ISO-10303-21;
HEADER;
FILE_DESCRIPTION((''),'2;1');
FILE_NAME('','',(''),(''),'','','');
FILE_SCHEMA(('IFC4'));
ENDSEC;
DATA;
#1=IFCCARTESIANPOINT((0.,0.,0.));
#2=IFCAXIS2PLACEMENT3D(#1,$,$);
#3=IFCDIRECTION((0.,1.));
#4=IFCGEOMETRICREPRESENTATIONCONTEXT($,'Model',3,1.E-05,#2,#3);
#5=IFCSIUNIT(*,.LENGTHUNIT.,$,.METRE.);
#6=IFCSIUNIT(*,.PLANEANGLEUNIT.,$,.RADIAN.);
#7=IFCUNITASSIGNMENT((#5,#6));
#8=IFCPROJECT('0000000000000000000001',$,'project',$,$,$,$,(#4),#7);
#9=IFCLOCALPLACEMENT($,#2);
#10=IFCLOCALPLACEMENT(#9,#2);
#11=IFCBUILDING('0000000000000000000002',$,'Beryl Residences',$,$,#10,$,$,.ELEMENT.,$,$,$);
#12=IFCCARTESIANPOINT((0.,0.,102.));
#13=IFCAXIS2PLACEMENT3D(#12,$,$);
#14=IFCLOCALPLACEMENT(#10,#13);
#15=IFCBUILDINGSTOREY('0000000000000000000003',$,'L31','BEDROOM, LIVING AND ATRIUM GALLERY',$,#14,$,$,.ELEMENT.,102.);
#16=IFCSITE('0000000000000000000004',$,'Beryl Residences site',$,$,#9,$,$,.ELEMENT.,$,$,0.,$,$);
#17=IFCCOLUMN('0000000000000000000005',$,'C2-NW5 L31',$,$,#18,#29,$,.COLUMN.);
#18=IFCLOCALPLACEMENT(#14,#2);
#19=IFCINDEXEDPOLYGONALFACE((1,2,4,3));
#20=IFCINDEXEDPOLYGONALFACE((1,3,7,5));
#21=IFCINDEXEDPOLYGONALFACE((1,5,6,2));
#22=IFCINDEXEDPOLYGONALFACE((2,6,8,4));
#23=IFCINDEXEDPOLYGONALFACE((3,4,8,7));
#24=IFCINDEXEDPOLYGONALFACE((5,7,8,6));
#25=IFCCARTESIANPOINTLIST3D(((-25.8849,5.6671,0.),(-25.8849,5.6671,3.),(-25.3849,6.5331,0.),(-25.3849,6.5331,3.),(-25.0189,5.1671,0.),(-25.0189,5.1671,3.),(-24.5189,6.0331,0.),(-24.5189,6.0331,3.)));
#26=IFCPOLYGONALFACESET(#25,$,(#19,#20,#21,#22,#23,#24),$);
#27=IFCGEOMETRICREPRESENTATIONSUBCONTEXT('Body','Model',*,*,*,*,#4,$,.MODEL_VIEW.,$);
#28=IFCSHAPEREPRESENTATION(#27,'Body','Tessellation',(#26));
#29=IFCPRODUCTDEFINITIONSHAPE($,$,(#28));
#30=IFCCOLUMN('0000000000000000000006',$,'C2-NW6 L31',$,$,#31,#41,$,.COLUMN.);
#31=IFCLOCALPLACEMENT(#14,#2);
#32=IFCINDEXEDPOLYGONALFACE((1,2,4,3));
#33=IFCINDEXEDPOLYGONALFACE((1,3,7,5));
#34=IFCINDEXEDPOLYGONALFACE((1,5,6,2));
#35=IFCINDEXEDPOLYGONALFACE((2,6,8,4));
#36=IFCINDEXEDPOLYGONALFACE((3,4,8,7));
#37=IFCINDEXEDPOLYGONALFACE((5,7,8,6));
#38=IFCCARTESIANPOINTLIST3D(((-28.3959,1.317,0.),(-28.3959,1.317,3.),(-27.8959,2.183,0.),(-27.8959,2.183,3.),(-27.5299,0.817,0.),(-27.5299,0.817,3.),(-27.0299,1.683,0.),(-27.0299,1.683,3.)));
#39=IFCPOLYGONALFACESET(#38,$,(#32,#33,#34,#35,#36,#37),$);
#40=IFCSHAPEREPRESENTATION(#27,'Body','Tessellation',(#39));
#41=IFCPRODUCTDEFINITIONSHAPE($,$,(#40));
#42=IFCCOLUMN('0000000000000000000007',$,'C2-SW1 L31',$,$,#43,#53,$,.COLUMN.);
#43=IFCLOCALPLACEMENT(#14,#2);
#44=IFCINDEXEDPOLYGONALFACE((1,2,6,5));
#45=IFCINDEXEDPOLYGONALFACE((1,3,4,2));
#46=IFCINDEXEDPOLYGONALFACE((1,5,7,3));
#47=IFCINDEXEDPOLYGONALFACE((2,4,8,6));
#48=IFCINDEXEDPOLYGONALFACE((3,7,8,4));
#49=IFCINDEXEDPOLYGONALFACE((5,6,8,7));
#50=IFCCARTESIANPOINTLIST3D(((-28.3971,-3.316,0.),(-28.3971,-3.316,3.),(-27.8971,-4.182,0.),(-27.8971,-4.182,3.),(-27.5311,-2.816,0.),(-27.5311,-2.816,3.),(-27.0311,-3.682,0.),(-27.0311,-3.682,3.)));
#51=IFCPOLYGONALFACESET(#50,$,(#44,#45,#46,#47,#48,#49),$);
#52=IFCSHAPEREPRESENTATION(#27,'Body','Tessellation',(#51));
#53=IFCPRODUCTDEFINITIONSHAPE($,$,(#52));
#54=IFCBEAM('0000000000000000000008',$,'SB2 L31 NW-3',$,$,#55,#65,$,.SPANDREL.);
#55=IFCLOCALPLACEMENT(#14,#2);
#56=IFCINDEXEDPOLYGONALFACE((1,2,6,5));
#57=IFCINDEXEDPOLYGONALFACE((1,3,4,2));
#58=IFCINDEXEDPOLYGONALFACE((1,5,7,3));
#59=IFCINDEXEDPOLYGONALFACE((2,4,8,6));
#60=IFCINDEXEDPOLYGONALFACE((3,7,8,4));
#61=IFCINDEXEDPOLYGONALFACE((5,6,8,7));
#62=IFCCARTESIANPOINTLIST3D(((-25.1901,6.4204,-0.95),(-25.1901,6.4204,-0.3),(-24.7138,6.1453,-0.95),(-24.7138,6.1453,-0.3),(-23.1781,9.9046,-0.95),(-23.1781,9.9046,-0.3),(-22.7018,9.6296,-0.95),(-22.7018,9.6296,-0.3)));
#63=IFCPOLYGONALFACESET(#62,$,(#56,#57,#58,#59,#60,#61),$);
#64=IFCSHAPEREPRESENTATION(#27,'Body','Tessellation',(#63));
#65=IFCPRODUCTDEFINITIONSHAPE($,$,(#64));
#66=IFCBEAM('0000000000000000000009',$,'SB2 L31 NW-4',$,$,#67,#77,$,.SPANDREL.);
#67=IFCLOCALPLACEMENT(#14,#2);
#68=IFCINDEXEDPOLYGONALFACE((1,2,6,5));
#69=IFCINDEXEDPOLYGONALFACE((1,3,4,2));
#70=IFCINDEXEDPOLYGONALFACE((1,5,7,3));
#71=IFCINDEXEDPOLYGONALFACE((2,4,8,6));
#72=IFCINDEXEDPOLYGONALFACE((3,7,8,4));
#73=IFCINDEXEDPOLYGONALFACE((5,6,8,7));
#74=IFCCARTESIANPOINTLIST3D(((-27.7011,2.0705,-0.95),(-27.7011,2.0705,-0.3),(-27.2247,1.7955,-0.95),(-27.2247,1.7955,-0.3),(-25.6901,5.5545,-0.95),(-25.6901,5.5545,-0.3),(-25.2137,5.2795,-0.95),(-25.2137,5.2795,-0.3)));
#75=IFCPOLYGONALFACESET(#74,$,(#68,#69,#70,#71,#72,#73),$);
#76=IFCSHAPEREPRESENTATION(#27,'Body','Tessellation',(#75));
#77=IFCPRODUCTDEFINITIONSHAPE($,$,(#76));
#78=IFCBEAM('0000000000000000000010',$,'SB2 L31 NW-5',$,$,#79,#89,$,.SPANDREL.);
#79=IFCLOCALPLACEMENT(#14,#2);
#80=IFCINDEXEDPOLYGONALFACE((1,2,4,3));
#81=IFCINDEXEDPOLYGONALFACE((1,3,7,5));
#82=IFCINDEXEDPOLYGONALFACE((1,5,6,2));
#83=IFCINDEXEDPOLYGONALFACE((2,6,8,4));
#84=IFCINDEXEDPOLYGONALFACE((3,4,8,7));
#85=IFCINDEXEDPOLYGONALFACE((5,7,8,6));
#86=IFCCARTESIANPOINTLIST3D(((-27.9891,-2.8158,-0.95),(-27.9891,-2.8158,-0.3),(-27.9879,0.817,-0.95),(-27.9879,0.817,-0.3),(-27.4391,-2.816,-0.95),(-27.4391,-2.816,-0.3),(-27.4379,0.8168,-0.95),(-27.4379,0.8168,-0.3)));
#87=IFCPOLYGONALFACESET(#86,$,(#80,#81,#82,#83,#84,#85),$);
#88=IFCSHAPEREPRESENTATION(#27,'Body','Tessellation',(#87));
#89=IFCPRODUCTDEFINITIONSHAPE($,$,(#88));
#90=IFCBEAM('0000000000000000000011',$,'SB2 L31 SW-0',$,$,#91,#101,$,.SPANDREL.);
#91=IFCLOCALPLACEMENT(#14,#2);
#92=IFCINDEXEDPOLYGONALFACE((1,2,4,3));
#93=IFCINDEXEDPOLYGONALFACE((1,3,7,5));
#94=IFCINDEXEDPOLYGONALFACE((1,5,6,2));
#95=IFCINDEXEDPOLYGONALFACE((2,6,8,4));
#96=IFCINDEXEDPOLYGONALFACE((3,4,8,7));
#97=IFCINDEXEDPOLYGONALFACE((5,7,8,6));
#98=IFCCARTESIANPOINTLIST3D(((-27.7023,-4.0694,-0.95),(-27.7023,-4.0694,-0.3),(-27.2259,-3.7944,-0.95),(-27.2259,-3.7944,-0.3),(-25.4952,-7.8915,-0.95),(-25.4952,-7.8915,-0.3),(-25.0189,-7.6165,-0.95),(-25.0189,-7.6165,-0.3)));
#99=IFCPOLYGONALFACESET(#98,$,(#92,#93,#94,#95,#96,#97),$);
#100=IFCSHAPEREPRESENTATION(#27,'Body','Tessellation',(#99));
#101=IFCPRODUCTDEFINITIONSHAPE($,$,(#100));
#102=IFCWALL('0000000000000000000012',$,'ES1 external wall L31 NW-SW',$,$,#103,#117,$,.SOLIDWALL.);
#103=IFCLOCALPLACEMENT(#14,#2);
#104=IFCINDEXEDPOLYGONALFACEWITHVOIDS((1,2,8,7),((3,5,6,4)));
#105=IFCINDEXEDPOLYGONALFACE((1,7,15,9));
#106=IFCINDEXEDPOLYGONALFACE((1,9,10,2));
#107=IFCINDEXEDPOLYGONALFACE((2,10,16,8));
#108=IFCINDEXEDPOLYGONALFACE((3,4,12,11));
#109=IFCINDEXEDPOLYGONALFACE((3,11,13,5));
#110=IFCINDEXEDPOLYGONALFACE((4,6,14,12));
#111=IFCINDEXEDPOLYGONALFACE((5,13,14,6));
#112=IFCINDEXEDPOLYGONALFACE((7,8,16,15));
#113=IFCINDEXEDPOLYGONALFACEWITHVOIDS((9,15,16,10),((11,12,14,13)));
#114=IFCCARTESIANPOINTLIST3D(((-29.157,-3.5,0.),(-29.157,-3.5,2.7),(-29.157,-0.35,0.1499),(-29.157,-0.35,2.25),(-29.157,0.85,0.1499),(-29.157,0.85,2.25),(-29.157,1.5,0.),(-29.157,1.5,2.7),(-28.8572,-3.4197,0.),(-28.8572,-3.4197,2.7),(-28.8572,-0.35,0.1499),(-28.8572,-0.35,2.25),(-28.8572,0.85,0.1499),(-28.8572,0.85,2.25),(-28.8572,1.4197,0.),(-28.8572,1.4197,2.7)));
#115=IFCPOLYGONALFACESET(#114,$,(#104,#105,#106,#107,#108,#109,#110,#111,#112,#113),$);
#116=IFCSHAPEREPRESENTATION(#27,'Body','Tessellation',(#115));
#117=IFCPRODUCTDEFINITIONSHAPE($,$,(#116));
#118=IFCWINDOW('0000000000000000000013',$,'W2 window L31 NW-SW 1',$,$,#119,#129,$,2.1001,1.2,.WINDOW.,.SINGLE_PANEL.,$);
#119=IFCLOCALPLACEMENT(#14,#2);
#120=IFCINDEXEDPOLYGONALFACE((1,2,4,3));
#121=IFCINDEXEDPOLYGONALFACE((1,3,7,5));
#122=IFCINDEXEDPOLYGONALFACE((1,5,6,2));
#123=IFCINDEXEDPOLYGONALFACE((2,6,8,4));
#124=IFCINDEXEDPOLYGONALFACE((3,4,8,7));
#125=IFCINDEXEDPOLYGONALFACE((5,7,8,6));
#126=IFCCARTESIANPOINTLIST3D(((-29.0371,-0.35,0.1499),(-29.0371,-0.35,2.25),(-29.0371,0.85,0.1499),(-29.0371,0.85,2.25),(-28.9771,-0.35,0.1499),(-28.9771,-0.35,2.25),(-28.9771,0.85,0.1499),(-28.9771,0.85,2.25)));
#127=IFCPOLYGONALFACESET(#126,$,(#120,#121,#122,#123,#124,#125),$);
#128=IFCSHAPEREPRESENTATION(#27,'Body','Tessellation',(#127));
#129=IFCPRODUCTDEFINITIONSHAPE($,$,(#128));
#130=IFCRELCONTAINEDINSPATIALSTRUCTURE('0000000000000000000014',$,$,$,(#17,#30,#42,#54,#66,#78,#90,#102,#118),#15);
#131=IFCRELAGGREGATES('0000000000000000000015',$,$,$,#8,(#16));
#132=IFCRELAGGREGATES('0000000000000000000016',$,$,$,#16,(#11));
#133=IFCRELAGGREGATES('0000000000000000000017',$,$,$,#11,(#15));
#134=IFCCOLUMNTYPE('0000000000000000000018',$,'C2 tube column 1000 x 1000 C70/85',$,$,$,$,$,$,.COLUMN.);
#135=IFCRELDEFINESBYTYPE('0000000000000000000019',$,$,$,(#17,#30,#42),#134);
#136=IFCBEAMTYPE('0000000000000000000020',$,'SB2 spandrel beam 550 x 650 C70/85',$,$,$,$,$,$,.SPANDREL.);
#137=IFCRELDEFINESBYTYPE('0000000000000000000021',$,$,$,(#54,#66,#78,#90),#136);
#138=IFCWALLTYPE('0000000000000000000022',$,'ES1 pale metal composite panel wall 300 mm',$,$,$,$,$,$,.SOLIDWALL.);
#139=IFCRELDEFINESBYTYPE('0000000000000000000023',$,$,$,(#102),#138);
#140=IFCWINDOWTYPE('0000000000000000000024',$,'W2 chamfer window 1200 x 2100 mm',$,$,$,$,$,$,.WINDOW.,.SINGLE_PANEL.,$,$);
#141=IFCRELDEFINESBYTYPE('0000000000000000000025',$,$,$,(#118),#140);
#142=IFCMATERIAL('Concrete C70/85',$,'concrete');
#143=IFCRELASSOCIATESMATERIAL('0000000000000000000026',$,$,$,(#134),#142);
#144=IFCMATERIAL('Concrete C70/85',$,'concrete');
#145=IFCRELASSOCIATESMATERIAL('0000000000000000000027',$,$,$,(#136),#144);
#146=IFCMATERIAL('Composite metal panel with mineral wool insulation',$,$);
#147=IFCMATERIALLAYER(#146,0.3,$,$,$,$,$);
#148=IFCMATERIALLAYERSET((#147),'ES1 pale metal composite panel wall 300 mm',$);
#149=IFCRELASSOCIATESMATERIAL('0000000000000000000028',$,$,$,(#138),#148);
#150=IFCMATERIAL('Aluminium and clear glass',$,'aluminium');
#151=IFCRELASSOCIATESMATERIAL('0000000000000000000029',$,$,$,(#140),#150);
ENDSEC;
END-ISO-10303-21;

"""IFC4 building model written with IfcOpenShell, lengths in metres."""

from ifc_helpers import new_model, si_unit, direction, frame, frame_2d, origin, origin_2d, place, context, subcontext, project, spatial, polyline, rectangle, outline, extrude, material, layer, layer_set, material_profile, profile_set, type_object, element, fill, save


model = new_model("IFC4")

# Units and contexts
model_context = context("Model", 3, precision=1e-05, world=origin(), true_north=direction((0.0, 1.0)))
body_context = subcontext(model_context, "Body", "Model", "MODEL_VIEW")
ifc_project = project(units=[si_unit("LENGTHUNIT", "METRE"), si_unit("PLANEANGLEUNIT", "RADIAN")], contexts=[model_context])

# Site, building, storey
site_placement = place(None, origin())
site = spatial("IfcSite", under=ifc_project, at=site_placement, Name="Beryl Residences site", CompositionType="ELEMENT", RefElevation=0.0)
building_placement = place(site_placement, origin())
building = spatial("IfcBuilding", under=site, at=building_placement, Name="Beryl Residences", CompositionType="ELEMENT")
storey_placement = place(building_placement, frame((0.0, 0.0, 102.0)))
storey = spatial("IfcBuildingStorey", under=building, at=storey_placement, Name="L31", Description="BEDROOM, LIVING AND ATRIUM GALLERY", CompositionType="ELEMENT", Elevation=102.0)

# Columns
ifc_material_1 = material(Name="Concrete C70/85", Category="concrete")
ifc_material_profile_1 = material_profile(ifc_material_1, rectangle(XDim=1.0, YDim=1.0, at=origin_2d()))
ifc_profile_set_1 = profile_set([ifc_material_profile_1], Name="Concrete C70/85")
column_type = type_object("IfcColumnType", Name="C2 tube column 1000 x 1000 C70/85", PredefinedType="COLUMN", material=ifc_profile_set_1)
for number, where, z_axis, x_axis, name in (
    (1, (-25.2019, 5.8501, 0.0), (0.0, 0.0, 1.0), (-0.5, -0.866025, 0.0), "C2-NW5 L31"),
    (2, (-27.7129, 1.5, 0.0), (0.0, 0.0, 1.0), (-0.5, -0.866025, 0.0), "C2-NW6 L31"),
    (3, (-27.7141, -3.499, 0.0), (0.0, 0.0, 1.0), (0.5, -0.866025, 0.0), "C2-SW1 L31"),
):
    element("IfcColumn", number, at=place(storey_placement, frame(where, z_axis=z_axis, x_axis=x_axis)), inside=storey, type_object=column_type, Name=name, PredefinedType="COLUMN", context=body_context, shape_type="SweptSolid", body=[
        extrude(rectangle(XDim=1.0, YDim=1.0, at=origin_2d()), origin(), (0.0, 0.0, 1.0), 3.0),
    ])

# Beams
ifc_material_2 = material(Name="Concrete C70/85", Category="concrete")
ifc_material_profile_2 = material_profile(ifc_material_2, rectangle(XDim=0.55, YDim=0.6499, at=origin_2d()))
ifc_profile_set_2 = profile_set([ifc_material_profile_2], Name="Concrete C70/85")
beam_type = type_object("IfcBeamType", Name="SB2 spandrel beam 550 x 650 C70/85", PredefinedType="SPANDREL", material=ifc_profile_set_2)
beam_1_placement = place(storey_placement, frame((-22.9399, 9.7671, -0.625), z_axis=(-0.500074, -0.865982, 0.0), x_axis=(0.865982, -0.500074, 0.0)))
element("IfcBeam", 4, at=beam_1_placement, inside=storey, type_object=beam_type, Name="SB2 L31 NW-3", PredefinedType="SPANDREL", context=body_context, shape_type="SweptSolid", body=[
    extrude(rectangle(XDim=0.55, YDim=0.6499, at=origin_2d()), origin(), (0.0, 0.0, 1.0), 4.0234),
])
beam_2_placement = place(storey_placement, frame((-25.4519, 5.417, -0.625), z_axis=(-0.499919, -0.866072, 0.0), x_axis=(0.866072, -0.499919, 0.0)))
element("IfcBeam", 5, at=beam_2_placement, inside=storey, type_object=beam_type, Name="SB2 L31 NW-4", PredefinedType="SPANDREL", context=body_context, shape_type="SweptSolid", body=[
    extrude(rectangle(XDim=0.55, YDim=0.6499, at=origin_2d()), origin(), (0.0, 0.0, 1.0), 4.0227),
])
beam_3_placement = place(storey_placement, frame((-27.7129, 0.8169, -0.625), z_axis=(-0.000336, -1.0, 0.0), x_axis=(1.0, -0.000336, 0.0)))
element("IfcBeam", 6, at=beam_3_placement, inside=storey, type_object=beam_type, Name="SB2 L31 NW-5", PredefinedType="SPANDREL", context=body_context, shape_type="SweptSolid", body=[
    extrude(rectangle(XDim=0.55, YDim=0.6499, at=origin_2d()), origin(), (0.0, 0.0, 1.0), 3.6328),
])
beam_4_placement = place(storey_placement, frame((-27.4641, -3.9319, -0.625), z_axis=(0.500066, -0.865988, 0.0), x_axis=(0.865988, 0.500066, 0.0)))
element("IfcBeam", 7, at=beam_4_placement, inside=storey, type_object=beam_type, Name="SB2 L31 SW-0", PredefinedType="SPANDREL", context=body_context, shape_type="SweptSolid", body=[
    extrude(rectangle(XDim=0.55, YDim=0.6499, at=origin_2d()), origin(), (0.0, 0.0, 1.0), 4.4136),
])

# Wall, opening, window
ifc_material_3 = material(Name="Composite metal panel with mineral wool insulation")
ifc_layer_1 = layer(ifc_material_3, 0.3)
ifc_layer_set_1 = layer_set([ifc_layer_1], Name="ES1 pale metal composite panel wall 300 mm")
wall_type_1 = type_object("IfcWallType", Name="ES1 pale metal composite panel wall 300 mm", PredefinedType="SOLIDWALL", material=ifc_layer_set_1)
wall_1_placement = place(storey_placement, frame((-29.0071, 1.5, 0.0), z_axis=(0.0, 0.0, 1.0), x_axis=(0.0, -1.0, 0.0)))
wall_1 = element("IfcWall", 8, at=wall_1_placement, inside=storey, type_object=wall_type_1, Name="ES1 external wall L31 NW-SW", PredefinedType="SOLIDWALL", context=body_context, shape_type="SweptSolid", body=[
    extrude(outline(polyline([(0.0, -0.1499), (5.0, -0.1499), (4.9197, 0.1499), (0.0803, 0.1499), (0.0, -0.1499)])), origin(), (0.0, 0.0, 1.0), 2.7),
])
opening_1_placement = place(wall_1_placement, frame((0.6499, 0.0, 0.1499)))
opening_1 = element("IfcOpeningElement", 9, at=opening_1_placement, cuts=wall_1, PredefinedType="OPENING", context=body_context, shape_type="SweptSolid", body=[
    extrude(rectangle(XDim=1.2, YDim=2.1001, at=frame_2d((0.6001, 1.05))), frame((0.0, 0.1599, 0.0), z_axis=(0.0, -1.0, 0.0), x_axis=(1.0, 0.0, 0.0)), (0.0, 0.0, 1.0), 0.3201),
])
ifc_material_4 = material(Name="Aluminium and clear glass", Category="aluminium")
window_type_1 = type_object("IfcWindowType", Name="W2 chamfer window 1200 x 2100 mm", PartitioningType="SINGLE_PANEL", PredefinedType="WINDOW", material=ifc_material_4)
window_1_placement = place(opening_1_placement, origin())
window_1 = element("IfcWindow", 10, at=window_1_placement, inside=storey, type_object=window_type_1, Name="W2 window L31 NW-SW 1", OverallHeight=2.1001, OverallWidth=1.2, PartitioningType="SINGLE_PANEL", PredefinedType="WINDOW", context=body_context, shape_type="SweptSolid", body=[
    extrude(rectangle(XDim=1.2, YDim=2.1001, at=frame_2d((0.6001, 1.05))), frame((0.0, 0.03, 0.0), z_axis=(0.0, -1.0, 0.0), x_axis=(1.0, 0.0, 0.0)), (0.0, 0.0, 1.0), 0.0601),
])
fill(opening_1, window_1)

save(model, "model.ifc")
